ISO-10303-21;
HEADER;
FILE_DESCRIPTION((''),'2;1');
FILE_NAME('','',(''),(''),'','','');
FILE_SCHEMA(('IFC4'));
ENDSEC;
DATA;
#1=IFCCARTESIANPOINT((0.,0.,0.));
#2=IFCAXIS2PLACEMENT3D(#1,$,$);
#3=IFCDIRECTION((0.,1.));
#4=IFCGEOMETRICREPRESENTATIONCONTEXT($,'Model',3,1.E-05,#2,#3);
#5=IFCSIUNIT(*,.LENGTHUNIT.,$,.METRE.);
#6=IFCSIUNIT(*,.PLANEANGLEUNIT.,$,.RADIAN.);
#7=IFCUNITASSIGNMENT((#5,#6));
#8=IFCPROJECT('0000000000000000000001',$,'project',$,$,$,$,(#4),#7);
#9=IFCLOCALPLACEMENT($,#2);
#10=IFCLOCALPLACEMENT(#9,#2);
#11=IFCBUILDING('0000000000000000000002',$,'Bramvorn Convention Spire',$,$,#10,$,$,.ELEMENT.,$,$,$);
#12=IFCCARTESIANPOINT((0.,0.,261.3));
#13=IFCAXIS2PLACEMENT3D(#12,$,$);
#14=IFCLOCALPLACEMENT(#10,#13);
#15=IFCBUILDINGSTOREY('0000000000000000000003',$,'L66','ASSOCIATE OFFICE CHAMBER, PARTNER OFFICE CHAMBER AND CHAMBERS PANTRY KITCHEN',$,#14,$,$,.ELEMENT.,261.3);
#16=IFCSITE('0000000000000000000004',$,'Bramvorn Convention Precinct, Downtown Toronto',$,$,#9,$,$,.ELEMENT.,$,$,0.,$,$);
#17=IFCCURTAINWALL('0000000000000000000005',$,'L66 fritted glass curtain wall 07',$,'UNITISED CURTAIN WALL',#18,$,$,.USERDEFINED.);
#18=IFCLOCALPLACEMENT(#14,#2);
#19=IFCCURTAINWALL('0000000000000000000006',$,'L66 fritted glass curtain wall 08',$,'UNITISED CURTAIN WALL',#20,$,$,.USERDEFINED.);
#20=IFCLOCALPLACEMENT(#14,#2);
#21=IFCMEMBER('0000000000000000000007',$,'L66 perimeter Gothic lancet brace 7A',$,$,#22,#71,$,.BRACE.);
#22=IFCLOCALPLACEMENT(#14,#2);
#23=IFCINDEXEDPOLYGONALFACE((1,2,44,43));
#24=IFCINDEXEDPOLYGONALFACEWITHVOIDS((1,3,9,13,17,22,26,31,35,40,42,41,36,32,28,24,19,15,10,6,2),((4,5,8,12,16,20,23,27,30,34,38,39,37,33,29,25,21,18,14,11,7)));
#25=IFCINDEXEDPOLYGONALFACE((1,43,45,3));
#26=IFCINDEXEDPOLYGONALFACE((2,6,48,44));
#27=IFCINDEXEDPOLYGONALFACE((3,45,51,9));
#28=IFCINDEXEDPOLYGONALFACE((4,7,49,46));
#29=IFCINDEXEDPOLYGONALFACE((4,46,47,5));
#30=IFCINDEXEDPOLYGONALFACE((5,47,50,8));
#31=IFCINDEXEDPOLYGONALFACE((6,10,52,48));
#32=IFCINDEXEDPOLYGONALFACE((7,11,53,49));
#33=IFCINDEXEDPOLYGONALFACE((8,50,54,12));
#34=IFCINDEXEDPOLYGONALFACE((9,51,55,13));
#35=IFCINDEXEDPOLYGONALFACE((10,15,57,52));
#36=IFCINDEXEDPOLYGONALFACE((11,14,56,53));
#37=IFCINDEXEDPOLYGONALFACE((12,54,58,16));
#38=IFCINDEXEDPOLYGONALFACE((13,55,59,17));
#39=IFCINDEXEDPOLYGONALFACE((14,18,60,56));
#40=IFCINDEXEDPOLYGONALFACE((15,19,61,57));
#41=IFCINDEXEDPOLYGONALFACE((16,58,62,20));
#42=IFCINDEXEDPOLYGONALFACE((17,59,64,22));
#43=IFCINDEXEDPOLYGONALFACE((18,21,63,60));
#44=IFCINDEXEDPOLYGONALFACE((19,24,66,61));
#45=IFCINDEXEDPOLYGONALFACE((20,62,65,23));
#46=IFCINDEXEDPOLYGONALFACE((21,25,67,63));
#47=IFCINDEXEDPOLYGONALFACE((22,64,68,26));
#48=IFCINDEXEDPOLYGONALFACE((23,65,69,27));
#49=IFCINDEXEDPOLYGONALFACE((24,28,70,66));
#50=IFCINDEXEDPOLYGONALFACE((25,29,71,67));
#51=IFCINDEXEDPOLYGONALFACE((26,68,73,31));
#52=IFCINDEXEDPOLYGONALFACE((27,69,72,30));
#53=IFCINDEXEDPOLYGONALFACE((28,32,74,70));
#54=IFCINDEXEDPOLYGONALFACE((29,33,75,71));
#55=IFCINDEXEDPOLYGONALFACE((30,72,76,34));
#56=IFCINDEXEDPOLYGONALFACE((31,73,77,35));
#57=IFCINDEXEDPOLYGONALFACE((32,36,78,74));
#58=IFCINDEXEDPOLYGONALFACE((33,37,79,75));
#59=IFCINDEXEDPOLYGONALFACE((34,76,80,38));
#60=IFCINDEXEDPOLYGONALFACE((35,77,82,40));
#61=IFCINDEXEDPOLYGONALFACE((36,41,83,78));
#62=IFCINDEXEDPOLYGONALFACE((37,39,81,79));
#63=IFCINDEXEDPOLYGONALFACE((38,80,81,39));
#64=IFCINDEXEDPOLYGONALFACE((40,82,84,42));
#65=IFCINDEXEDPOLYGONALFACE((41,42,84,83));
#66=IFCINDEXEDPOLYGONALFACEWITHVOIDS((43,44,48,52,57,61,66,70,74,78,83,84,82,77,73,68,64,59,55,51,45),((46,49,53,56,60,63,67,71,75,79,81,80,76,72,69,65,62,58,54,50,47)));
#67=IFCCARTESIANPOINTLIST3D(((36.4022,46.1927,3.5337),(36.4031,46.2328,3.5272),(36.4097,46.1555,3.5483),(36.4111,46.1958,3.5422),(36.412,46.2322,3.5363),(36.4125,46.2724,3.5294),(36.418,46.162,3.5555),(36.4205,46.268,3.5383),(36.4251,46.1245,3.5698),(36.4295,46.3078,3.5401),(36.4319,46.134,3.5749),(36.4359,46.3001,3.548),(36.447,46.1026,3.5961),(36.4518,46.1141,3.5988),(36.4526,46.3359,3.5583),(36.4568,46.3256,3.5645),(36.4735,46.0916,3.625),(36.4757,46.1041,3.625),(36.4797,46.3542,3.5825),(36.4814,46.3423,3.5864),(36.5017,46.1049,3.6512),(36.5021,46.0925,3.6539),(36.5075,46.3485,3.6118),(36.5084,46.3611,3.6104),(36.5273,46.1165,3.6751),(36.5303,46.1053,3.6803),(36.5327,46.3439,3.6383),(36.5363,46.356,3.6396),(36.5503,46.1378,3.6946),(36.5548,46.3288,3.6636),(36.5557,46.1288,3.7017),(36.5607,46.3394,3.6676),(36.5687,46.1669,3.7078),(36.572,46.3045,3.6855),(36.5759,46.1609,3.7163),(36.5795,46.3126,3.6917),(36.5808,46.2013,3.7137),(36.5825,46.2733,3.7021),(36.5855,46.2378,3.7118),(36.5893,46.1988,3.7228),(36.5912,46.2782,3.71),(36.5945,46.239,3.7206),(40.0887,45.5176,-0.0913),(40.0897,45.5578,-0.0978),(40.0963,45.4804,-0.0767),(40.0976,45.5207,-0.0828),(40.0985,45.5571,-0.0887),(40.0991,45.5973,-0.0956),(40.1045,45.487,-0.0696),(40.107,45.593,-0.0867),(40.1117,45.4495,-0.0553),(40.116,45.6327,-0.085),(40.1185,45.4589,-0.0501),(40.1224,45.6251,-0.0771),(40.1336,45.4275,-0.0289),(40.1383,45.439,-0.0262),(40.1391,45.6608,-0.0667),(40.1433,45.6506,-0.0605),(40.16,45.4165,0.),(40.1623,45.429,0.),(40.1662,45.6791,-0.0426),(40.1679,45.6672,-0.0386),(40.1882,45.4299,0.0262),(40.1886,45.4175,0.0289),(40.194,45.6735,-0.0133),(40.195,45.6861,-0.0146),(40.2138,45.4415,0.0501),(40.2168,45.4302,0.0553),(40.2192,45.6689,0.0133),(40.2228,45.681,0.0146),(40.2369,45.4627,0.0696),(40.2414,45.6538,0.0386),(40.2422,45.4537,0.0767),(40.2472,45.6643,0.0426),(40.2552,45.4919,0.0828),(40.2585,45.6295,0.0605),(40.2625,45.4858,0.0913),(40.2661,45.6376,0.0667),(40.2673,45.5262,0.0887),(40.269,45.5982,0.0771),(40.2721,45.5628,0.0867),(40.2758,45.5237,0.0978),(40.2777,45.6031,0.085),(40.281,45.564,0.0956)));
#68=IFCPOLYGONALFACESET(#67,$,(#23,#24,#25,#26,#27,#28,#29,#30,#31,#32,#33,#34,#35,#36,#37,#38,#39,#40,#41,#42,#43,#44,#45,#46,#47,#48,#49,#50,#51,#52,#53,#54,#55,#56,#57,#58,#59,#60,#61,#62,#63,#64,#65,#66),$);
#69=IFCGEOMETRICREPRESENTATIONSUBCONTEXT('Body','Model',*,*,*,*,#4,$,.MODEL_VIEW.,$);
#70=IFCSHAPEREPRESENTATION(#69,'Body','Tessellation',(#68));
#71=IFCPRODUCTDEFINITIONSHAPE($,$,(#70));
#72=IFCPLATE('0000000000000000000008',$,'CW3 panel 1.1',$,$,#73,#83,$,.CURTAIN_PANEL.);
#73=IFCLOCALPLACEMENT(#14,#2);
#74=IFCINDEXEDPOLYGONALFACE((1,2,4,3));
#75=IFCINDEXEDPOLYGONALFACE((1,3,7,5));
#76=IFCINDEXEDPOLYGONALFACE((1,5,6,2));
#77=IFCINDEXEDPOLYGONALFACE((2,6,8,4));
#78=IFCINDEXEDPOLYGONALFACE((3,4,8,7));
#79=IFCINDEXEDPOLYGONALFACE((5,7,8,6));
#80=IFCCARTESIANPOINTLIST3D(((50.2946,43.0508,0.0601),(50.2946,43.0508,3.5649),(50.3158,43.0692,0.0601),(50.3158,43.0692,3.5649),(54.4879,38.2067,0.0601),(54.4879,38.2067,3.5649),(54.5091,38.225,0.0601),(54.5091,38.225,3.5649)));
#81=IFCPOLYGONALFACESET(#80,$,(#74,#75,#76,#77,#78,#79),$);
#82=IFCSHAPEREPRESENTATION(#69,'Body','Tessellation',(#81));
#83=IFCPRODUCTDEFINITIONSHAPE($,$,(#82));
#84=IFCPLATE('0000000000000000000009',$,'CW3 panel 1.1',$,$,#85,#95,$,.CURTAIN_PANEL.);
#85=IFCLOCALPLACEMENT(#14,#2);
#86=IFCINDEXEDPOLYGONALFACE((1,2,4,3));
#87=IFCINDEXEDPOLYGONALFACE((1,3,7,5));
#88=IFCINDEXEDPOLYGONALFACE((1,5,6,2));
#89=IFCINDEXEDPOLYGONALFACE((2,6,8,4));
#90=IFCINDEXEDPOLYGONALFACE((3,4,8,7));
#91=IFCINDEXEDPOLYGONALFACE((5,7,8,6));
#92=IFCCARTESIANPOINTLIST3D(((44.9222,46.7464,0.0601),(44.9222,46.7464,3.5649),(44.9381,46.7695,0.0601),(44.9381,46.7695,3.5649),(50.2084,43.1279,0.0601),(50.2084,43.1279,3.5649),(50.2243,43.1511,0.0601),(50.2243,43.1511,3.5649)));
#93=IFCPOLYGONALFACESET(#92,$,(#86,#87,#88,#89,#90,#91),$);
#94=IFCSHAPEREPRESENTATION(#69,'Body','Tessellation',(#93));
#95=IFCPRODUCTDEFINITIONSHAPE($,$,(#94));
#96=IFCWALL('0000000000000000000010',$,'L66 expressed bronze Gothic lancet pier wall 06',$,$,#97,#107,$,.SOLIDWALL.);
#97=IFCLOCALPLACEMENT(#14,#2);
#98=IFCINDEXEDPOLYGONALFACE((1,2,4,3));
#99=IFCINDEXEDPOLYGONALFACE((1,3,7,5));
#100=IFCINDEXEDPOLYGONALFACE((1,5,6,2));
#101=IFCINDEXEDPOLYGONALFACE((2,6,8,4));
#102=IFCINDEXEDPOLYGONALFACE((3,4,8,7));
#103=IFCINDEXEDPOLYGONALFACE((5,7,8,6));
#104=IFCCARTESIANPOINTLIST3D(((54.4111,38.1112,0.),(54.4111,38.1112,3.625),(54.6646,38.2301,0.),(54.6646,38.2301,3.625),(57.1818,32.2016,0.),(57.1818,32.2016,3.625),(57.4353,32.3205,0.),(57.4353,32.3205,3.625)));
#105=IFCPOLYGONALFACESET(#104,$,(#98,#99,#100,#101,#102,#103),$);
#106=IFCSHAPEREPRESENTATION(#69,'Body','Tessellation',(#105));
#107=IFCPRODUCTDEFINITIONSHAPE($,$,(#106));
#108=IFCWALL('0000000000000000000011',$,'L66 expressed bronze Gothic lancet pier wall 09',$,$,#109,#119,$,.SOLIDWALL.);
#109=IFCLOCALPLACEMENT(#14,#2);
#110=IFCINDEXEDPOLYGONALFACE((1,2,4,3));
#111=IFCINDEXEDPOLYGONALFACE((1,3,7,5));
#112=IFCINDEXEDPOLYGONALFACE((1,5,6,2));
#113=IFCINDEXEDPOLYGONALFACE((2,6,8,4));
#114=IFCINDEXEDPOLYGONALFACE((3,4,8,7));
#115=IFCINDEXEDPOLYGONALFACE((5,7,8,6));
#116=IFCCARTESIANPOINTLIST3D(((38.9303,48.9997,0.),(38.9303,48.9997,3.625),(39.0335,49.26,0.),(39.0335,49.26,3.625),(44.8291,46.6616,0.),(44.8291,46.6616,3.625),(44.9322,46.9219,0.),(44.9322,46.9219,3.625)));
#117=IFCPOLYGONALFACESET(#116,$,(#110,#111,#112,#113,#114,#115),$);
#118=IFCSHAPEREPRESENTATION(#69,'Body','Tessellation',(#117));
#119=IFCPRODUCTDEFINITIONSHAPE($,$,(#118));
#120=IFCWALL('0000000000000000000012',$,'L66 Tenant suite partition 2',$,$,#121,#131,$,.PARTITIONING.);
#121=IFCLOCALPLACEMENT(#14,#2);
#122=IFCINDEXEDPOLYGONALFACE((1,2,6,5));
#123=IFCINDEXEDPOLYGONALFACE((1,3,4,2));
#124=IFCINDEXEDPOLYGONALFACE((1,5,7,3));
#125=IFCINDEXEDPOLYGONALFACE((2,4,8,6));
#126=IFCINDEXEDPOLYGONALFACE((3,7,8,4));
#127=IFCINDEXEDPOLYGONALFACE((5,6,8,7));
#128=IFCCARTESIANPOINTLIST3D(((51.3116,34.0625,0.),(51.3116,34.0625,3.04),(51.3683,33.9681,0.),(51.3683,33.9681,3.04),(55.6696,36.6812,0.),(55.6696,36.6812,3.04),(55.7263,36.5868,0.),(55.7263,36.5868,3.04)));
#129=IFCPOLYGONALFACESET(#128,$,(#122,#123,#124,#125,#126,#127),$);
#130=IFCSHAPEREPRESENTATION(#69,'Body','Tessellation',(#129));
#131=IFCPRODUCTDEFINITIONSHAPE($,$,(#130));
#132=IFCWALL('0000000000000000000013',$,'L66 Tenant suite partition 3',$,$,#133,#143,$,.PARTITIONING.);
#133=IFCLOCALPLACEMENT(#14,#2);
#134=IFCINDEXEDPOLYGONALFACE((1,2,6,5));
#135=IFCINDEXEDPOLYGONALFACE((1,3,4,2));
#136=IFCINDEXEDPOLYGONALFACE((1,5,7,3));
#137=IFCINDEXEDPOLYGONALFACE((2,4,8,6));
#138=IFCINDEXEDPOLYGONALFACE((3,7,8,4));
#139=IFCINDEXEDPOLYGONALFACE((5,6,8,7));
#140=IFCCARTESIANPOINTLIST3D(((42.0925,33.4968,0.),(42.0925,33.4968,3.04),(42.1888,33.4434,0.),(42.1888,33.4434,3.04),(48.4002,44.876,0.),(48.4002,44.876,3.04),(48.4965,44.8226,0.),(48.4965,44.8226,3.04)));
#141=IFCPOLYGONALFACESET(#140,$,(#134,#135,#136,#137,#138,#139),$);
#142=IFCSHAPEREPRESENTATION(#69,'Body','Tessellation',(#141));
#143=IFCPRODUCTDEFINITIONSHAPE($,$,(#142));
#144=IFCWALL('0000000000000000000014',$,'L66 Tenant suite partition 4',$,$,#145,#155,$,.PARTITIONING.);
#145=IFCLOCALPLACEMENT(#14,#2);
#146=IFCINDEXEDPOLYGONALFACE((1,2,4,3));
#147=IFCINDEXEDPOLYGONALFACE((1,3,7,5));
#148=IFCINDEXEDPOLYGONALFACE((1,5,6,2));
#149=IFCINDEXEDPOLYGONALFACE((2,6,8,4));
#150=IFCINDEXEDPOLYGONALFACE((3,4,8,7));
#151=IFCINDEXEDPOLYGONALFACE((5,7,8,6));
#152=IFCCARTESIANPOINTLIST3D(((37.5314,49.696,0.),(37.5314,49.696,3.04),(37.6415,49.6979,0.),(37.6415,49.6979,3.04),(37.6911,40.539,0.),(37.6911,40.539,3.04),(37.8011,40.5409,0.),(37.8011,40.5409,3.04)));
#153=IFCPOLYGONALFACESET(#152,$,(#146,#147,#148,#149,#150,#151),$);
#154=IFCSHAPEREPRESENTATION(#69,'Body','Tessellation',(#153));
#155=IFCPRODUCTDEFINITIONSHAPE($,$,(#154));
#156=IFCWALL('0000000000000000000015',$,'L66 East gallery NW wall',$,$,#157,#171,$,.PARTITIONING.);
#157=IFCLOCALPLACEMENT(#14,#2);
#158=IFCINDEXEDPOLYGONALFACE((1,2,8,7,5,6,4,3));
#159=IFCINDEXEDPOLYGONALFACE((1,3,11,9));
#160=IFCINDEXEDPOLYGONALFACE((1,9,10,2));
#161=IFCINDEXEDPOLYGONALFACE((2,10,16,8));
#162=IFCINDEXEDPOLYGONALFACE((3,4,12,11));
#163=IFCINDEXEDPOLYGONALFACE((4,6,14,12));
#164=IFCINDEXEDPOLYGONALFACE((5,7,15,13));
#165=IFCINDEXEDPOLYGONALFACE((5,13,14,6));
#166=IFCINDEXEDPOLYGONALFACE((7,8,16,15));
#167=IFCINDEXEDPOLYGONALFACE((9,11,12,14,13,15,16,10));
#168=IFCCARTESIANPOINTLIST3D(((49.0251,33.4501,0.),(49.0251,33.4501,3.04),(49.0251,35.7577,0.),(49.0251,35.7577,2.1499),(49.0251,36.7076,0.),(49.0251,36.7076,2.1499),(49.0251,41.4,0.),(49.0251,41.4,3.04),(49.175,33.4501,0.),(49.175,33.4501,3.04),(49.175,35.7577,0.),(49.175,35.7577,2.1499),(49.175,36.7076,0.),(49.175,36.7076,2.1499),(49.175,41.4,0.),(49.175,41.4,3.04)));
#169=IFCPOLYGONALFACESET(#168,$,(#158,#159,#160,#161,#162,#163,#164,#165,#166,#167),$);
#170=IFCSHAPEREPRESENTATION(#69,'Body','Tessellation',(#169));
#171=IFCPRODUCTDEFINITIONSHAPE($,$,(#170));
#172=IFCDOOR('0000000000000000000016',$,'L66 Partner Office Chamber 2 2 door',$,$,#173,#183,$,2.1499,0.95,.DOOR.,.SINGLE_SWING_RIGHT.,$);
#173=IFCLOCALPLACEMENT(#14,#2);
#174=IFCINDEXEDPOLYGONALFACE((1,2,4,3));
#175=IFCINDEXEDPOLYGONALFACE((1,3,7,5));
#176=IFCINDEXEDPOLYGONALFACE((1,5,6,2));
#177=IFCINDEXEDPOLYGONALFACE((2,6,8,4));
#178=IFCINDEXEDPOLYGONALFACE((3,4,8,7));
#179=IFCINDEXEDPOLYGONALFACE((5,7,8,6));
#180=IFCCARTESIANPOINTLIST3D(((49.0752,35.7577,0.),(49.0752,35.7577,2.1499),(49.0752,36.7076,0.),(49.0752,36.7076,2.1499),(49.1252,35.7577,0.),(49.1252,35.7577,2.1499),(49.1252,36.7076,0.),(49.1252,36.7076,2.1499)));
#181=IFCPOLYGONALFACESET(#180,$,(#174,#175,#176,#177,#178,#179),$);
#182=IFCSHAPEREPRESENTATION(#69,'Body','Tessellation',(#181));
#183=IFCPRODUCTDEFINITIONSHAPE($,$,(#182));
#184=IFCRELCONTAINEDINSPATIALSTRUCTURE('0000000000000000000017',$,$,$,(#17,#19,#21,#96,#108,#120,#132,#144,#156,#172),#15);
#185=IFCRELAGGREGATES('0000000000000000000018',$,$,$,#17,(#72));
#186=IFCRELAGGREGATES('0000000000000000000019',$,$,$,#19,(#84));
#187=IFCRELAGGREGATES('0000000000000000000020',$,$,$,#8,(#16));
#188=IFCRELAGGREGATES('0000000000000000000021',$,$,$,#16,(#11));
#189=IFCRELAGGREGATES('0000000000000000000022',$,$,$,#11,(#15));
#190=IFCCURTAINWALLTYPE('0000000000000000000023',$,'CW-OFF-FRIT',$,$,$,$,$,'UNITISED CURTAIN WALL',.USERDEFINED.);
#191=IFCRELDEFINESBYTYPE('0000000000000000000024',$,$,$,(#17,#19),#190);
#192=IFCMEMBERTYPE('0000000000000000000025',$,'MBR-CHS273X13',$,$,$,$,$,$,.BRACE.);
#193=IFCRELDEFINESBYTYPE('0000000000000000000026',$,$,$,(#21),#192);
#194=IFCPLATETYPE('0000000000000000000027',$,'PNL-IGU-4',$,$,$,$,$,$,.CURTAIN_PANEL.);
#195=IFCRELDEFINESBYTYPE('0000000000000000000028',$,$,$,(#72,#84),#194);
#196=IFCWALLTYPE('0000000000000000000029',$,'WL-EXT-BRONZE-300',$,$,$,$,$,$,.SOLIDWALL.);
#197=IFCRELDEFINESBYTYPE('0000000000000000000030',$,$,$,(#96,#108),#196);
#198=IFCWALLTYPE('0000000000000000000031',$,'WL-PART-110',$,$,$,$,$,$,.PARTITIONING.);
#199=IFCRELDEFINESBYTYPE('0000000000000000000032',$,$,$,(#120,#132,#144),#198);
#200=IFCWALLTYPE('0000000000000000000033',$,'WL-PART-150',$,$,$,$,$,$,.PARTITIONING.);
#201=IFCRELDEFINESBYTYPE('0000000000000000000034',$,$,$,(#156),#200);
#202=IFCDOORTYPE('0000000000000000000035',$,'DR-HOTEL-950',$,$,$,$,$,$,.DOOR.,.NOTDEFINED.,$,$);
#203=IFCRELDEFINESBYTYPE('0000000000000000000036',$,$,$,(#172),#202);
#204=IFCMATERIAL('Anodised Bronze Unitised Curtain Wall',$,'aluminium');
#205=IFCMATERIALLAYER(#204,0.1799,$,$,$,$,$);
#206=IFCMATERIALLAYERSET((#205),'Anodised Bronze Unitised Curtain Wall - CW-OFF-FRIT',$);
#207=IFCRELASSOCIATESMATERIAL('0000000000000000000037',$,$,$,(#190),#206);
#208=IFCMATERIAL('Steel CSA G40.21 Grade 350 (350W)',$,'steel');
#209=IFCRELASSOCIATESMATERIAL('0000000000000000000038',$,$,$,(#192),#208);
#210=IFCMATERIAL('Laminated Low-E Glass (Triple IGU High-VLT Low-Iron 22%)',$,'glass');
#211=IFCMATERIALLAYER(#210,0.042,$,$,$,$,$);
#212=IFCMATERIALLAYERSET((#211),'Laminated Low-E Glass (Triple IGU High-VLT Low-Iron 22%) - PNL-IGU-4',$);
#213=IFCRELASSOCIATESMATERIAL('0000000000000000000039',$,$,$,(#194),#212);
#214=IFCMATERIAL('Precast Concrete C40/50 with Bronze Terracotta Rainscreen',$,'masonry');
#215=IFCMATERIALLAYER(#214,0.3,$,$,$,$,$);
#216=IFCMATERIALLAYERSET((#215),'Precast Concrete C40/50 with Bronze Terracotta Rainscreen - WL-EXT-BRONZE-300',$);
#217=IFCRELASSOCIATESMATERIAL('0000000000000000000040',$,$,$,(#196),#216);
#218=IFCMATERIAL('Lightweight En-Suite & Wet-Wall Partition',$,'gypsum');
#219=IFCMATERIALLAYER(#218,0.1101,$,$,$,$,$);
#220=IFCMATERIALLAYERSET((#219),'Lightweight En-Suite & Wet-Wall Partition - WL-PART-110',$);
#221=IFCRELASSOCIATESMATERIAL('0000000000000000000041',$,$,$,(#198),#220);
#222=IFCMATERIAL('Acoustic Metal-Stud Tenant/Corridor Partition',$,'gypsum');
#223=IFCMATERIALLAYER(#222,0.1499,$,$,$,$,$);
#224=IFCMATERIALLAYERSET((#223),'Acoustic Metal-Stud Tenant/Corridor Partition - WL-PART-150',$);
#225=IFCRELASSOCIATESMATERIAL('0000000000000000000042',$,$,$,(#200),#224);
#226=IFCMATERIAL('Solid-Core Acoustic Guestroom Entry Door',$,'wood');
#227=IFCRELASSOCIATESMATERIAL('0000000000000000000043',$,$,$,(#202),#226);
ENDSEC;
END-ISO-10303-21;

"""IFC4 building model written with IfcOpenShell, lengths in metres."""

from ifc_helpers import new_model, si_unit, direction, frame, frame_2d, origin, origin_2d, place, context, subcontext, project, spatial, rectangle, hollow_circle, extrude, material, layer, layer_set, material_profile, profile_set, type_object, element, fill, aggregate, save


model = new_model("IFC4")

# Units and contexts
model_context = context("Model", 3, precision=1e-05, world=origin(), true_north=direction((0.0, 1.0)))
body_context = subcontext(model_context, "Body", "Model", "MODEL_VIEW")
ifc_project = project(units=[si_unit("LENGTHUNIT", "METRE"), si_unit("PLANEANGLEUNIT", "RADIAN")], contexts=[model_context])

# Site, building, storey
site_placement = place(None, origin())
site = spatial("IfcSite", under=ifc_project, at=site_placement, Name="Bramvorn Convention Precinct, Downtown Toronto", CompositionType="ELEMENT", RefElevation=0.0)
building_placement = place(site_placement, origin())
building = spatial("IfcBuilding", under=site, at=building_placement, Name="Bramvorn Convention Spire", CompositionType="ELEMENT")
storey_placement = place(building_placement, frame((0.0, 0.0, 261.3)))
storey = spatial("IfcBuildingStorey", under=building, at=storey_placement, Name="L66", Description="ASSOCIATE OFFICE CHAMBER, PARTNER OFFICE CHAMBER AND CHAMBERS PANTRY KITCHEN", CompositionType="ELEMENT", Elevation=261.3)

# Shared definitions
ifc_material_1 = material(Name="Steel CSA G40.21 Grade 350 (350W)", Category="steel")

# Curtain walls
ifc_material_2 = material(Name="Anodised Bronze Unitised Curtain Wall", Category="aluminium")
ifc_layer_1 = layer(ifc_material_2, 0.1799)
ifc_layer_set_1 = layer_set([ifc_layer_1], Name="Anodised Bronze Unitised Curtain Wall - CW-OFF-FRIT")
curtain_wall_type = type_object("IfcCurtainWallType", Name="CW-OFF-FRIT", ElementType="UNITISED CURTAIN WALL", PredefinedType="USERDEFINED", material=ifc_layer_set_1)
curtain_wall_1_placement = place(storey_placement, origin())
curtain_wall_1 = element("IfcCurtainWall", 1, at=curtain_wall_1_placement, inside=storey, type_object=curtain_wall_type, Name="L66 fritted glass curtain wall 07", ObjectType="UNITISED CURTAIN WALL", PredefinedType="USERDEFINED")
curtain_wall_2_placement = place(storey_placement, origin())
curtain_wall_2 = element("IfcCurtainWall", 2, at=curtain_wall_2_placement, inside=storey, type_object=curtain_wall_type, Name="L66 fritted glass curtain wall 08", ObjectType="UNITISED CURTAIN WALL", PredefinedType="USERDEFINED")

# Member
ifc_material_profile_1 = material_profile(ifc_material_1, hollow_circle(Radius=0.1365, WallThickness=0.0127, at=origin_2d()))
ifc_profile_set_1 = profile_set([ifc_material_profile_1], Name="Steel CSA G40.21 Grade 350 (350W) - CHS273X13")
member_type_1 = type_object("IfcMemberType", Name="MBR-CHS273X13", PredefinedType="BRACE", material=ifc_profile_set_1)
member_1_placement = place(storey_placement, frame((40.1846, 45.5508, 0.0), z_axis=(-0.707031, 0.129466, 0.695231), x_axis=(-0.180118, -0.983645, 0.0)))
element("IfcMember", 3, at=member_1_placement, inside=storey, type_object=member_type_1, Name="L66 perimeter Gothic lancet brace 7A", PredefinedType="BRACE", context=body_context, shape_type="SweptSolid", body=[
    extrude(hollow_circle(Radius=0.1365, WallThickness=0.0127, at=origin_2d()), origin(), (0.0, 0.0, 1.0), 5.2141),
])

# Plates
ifc_material_3 = material(Name="Laminated Low-E Glass (Triple IGU High-VLT Low-Iron 22%)", Category="glass")
ifc_layer_2 = layer(ifc_material_3, 0.042)
ifc_layer_set_2 = layer_set([ifc_layer_2], Name="Laminated Low-E Glass (Triple IGU High-VLT Low-Iron 22%) - PNL-IGU-4")
plate_type = type_object("IfcPlateType", Name="PNL-IGU-4", PredefinedType="CURTAIN_PANEL", material=ifc_layer_set_2)
plate_1_placement = place(storey_placement, frame((52.4019, 40.6379, 0.0601), z_axis=(0.0, 0.0, 1.0), x_axis=(0.654483, -0.756077, 0.0)))
plate_1 = element("IfcPlate", 4, at=plate_1_placement, type_object=plate_type, Name="CW3 panel 1.1", PredefinedType="CURTAIN_PANEL", context=body_context, shape_type="SweptSolid", body=[
    extrude(rectangle(XDim=6.407, YDim=0.0281, at=origin_2d()), origin(), (0.0, 0.0, 1.0), 3.5049),
])
aggregate(curtain_wall_1, [plate_1])
plate_2_placement = place(storey_placement, frame((47.5732, 44.9487, 0.0601), z_axis=(0.0, 0.0, 1.0), x_axis=(0.825191, -0.564853, 0.0)))
plate_2 = element("IfcPlate", 5, at=plate_2_placement, type_object=plate_type, Name="CW3 panel 1.1", PredefinedType="CURTAIN_PANEL", context=body_context, shape_type="SweptSolid", body=[
    extrude(rectangle(XDim=6.406, YDim=0.0281, at=origin_2d()), origin(), (0.0, 0.0, 1.0), 3.5049),
])
aggregate(curtain_wall_2, [plate_2])

# Walls
ifc_material_4 = material(Name="Precast Concrete C40/50 with Bronze Terracotta Rainscreen", Category="masonry")
ifc_layer_3 = layer(ifc_material_4, 0.3)
ifc_layer_set_3 = layer_set([ifc_layer_3], Name="Precast Concrete C40/50 with Bronze Terracotta Rainscreen - WL-EXT-BRONZE-300")
wall_type_1 = type_object("IfcWallType", Name="WL-EXT-BRONZE-300", PredefinedType="SOLIDWALL", material=ifc_layer_set_3)
wall_1_placement = place(storey_placement, frame((54.5378, 38.1707, 0.0), z_axis=(0.0, 0.0, 1.0), x_axis=(0.424509, -0.905424, 0.0)))
element("IfcWall", 6, at=wall_1_placement, inside=storey, type_object=wall_type_1, Name="L66 expressed bronze Gothic lancet pier wall 06", PredefinedType="SOLIDWALL", context=body_context, shape_type="SweptSolid", body=[
    extrude(rectangle(XDim=6.5269, YDim=0.28, at=frame_2d((3.2634, 0.0))), origin(), (0.0, 0.0, 1.0), 3.625),
])
wall_2_placement = place(storey_placement, frame((38.9819, 49.1299, 0.0), z_axis=(0.0, 0.0, 1.0), x_axis=(0.929632, -0.36849, 0.0)))
element("IfcWall", 7, at=wall_2_placement, inside=storey, type_object=wall_type_1, Name="L66 expressed bronze Gothic lancet pier wall 09", PredefinedType="SOLIDWALL", context=body_context, shape_type="SweptSolid", body=[
    extrude(rectangle(XDim=6.3452, YDim=0.28, at=frame_2d((3.1726, 0.0))), origin(), (0.0, 0.0, 1.0), 3.625),
])
ifc_material_5 = material(Name="Lightweight En-Suite & Wet-Wall Partition", Category="gypsum")
ifc_layer_4 = layer(ifc_material_5, 0.1101)
ifc_layer_set_4 = layer_set([ifc_layer_4], Name="Lightweight En-Suite & Wet-Wall Partition - WL-PART-110")
wall_type_2 = type_object("IfcWallType", Name="WL-PART-110", PredefinedType="PARTITIONING", material=ifc_layer_set_4)
wall_3_placement = place(storey_placement, frame((51.3401, 34.0154, 0.0), z_axis=(0.0, 0.0, 1.0), x_axis=(0.857154, 0.515061, 0.0)))
element("IfcWall", 8, at=wall_3_placement, inside=storey, type_object=wall_type_2, Name="L66 Tenant suite partition 2", PredefinedType="PARTITIONING", context=body_context, shape_type="SweptSolid", body=[
    extrude(rectangle(XDim=5.0842, YDim=0.1101, at=frame_2d((2.542, 0.0))), origin(), (0.0, 0.0, 1.0), 3.04),
])
wall_4_placement = place(storey_placement, frame((42.1406, 33.47, 0.0), z_axis=(0.0, 0.0, 1.0), x_axis=(0.484813, 0.874618, 0.0)))
element("IfcWall", 9, at=wall_4_placement, inside=storey, type_object=wall_type_2, Name="L66 Tenant suite partition 3", PredefinedType="PARTITIONING", context=body_context, shape_type="SweptSolid", body=[
    extrude(rectangle(XDim=13.0105, YDim=0.1101, at=frame_2d((6.5054, 0.0))), origin(), (0.0, 0.0, 1.0), 3.04),
])
wall_5_placement = place(storey_placement, frame((37.7461, 40.54, 0.0), z_axis=(0.0, 0.0, 1.0), x_axis=(-0.017434, 0.999848, 0.0)))
element("IfcWall", 10, at=wall_5_placement, inside=storey, type_object=wall_type_2, Name="L66 Tenant suite partition 4", PredefinedType="PARTITIONING", context=body_context, shape_type="SweptSolid", body=[
    extrude(rectangle(XDim=9.1584, YDim=0.1101, at=frame_2d((4.5791, 0.0))), origin(), (0.0, 0.0, 1.0), 3.04),
])

# Wall, opening, door
ifc_material_6 = material(Name="Acoustic Metal-Stud Tenant/Corridor Partition", Category="gypsum")
ifc_layer_5 = layer(ifc_material_6, 0.1499)
ifc_layer_set_5 = layer_set([ifc_layer_5], Name="Acoustic Metal-Stud Tenant/Corridor Partition - WL-PART-150")
wall_type_3 = type_object("IfcWallType", Name="WL-PART-150", PredefinedType="PARTITIONING", material=ifc_layer_set_5)
wall_6_placement = place(storey_placement, frame((49.1001, 33.45, 0.0), z_axis=(0.0, 0.0, 1.0), x_axis=(0.0, 1.0, 0.0)))
wall_6 = element("IfcWall", 11, at=wall_6_placement, inside=storey, type_object=wall_type_3, Name="L66 East gallery NW wall", PredefinedType="PARTITIONING", context=body_context, shape_type="SweptSolid", body=[
    extrude(rectangle(XDim=7.95, YDim=0.1499, at=frame_2d((3.9751, 0.0))), origin(), (0.0, 0.0, 1.0), 3.04),
])
opening_1_placement = place(wall_6_placement, frame((2.3076, 0.0, 0.0)))
opening_1 = element("IfcOpeningElement", 12, at=opening_1_placement, cuts=wall_6, PredefinedType="OPENING", context=body_context, shape_type="SweptSolid", body=[
    extrude(rectangle(XDim=0.95, YDim=2.1499, at=frame_2d((0.4751, 1.075))), frame((0.0, 0.085, 0.0), z_axis=(0.0, -1.0, 0.0), x_axis=(1.0, 0.0, 0.0)), (0.0, 0.0, 1.0), 0.1699),
])
ifc_material_7 = material(Name="Solid-Core Acoustic Guestroom Entry Door", Category="wood")
door_type = type_object("IfcDoorType", Name="DR-HOTEL-950", OperationType="NOTDEFINED", PredefinedType="DOOR", material=ifc_material_7)
door_1_placement = place(opening_1_placement, origin())
door_1 = element("IfcDoor", 13, at=door_1_placement, inside=storey, type_object=door_type, Name="L66 Partner Office Chamber 2 2 door", OperationType="SINGLE_SWING_RIGHT", OverallHeight=2.1499, OverallWidth=0.95, PredefinedType="DOOR", context=body_context, shape_type="SweptSolid", body=[
    extrude(rectangle(XDim=0.95, YDim=2.1499, at=frame_2d((0.4751, 1.075))), frame((0.0, 0.0249, 0.0), z_axis=(0.0, -1.0, 0.0), x_axis=(1.0, 0.0, 0.0)), (0.0, 0.0, 1.0), 0.05),
])
fill(opening_1, door_1)

save(model, "model.ifc")
